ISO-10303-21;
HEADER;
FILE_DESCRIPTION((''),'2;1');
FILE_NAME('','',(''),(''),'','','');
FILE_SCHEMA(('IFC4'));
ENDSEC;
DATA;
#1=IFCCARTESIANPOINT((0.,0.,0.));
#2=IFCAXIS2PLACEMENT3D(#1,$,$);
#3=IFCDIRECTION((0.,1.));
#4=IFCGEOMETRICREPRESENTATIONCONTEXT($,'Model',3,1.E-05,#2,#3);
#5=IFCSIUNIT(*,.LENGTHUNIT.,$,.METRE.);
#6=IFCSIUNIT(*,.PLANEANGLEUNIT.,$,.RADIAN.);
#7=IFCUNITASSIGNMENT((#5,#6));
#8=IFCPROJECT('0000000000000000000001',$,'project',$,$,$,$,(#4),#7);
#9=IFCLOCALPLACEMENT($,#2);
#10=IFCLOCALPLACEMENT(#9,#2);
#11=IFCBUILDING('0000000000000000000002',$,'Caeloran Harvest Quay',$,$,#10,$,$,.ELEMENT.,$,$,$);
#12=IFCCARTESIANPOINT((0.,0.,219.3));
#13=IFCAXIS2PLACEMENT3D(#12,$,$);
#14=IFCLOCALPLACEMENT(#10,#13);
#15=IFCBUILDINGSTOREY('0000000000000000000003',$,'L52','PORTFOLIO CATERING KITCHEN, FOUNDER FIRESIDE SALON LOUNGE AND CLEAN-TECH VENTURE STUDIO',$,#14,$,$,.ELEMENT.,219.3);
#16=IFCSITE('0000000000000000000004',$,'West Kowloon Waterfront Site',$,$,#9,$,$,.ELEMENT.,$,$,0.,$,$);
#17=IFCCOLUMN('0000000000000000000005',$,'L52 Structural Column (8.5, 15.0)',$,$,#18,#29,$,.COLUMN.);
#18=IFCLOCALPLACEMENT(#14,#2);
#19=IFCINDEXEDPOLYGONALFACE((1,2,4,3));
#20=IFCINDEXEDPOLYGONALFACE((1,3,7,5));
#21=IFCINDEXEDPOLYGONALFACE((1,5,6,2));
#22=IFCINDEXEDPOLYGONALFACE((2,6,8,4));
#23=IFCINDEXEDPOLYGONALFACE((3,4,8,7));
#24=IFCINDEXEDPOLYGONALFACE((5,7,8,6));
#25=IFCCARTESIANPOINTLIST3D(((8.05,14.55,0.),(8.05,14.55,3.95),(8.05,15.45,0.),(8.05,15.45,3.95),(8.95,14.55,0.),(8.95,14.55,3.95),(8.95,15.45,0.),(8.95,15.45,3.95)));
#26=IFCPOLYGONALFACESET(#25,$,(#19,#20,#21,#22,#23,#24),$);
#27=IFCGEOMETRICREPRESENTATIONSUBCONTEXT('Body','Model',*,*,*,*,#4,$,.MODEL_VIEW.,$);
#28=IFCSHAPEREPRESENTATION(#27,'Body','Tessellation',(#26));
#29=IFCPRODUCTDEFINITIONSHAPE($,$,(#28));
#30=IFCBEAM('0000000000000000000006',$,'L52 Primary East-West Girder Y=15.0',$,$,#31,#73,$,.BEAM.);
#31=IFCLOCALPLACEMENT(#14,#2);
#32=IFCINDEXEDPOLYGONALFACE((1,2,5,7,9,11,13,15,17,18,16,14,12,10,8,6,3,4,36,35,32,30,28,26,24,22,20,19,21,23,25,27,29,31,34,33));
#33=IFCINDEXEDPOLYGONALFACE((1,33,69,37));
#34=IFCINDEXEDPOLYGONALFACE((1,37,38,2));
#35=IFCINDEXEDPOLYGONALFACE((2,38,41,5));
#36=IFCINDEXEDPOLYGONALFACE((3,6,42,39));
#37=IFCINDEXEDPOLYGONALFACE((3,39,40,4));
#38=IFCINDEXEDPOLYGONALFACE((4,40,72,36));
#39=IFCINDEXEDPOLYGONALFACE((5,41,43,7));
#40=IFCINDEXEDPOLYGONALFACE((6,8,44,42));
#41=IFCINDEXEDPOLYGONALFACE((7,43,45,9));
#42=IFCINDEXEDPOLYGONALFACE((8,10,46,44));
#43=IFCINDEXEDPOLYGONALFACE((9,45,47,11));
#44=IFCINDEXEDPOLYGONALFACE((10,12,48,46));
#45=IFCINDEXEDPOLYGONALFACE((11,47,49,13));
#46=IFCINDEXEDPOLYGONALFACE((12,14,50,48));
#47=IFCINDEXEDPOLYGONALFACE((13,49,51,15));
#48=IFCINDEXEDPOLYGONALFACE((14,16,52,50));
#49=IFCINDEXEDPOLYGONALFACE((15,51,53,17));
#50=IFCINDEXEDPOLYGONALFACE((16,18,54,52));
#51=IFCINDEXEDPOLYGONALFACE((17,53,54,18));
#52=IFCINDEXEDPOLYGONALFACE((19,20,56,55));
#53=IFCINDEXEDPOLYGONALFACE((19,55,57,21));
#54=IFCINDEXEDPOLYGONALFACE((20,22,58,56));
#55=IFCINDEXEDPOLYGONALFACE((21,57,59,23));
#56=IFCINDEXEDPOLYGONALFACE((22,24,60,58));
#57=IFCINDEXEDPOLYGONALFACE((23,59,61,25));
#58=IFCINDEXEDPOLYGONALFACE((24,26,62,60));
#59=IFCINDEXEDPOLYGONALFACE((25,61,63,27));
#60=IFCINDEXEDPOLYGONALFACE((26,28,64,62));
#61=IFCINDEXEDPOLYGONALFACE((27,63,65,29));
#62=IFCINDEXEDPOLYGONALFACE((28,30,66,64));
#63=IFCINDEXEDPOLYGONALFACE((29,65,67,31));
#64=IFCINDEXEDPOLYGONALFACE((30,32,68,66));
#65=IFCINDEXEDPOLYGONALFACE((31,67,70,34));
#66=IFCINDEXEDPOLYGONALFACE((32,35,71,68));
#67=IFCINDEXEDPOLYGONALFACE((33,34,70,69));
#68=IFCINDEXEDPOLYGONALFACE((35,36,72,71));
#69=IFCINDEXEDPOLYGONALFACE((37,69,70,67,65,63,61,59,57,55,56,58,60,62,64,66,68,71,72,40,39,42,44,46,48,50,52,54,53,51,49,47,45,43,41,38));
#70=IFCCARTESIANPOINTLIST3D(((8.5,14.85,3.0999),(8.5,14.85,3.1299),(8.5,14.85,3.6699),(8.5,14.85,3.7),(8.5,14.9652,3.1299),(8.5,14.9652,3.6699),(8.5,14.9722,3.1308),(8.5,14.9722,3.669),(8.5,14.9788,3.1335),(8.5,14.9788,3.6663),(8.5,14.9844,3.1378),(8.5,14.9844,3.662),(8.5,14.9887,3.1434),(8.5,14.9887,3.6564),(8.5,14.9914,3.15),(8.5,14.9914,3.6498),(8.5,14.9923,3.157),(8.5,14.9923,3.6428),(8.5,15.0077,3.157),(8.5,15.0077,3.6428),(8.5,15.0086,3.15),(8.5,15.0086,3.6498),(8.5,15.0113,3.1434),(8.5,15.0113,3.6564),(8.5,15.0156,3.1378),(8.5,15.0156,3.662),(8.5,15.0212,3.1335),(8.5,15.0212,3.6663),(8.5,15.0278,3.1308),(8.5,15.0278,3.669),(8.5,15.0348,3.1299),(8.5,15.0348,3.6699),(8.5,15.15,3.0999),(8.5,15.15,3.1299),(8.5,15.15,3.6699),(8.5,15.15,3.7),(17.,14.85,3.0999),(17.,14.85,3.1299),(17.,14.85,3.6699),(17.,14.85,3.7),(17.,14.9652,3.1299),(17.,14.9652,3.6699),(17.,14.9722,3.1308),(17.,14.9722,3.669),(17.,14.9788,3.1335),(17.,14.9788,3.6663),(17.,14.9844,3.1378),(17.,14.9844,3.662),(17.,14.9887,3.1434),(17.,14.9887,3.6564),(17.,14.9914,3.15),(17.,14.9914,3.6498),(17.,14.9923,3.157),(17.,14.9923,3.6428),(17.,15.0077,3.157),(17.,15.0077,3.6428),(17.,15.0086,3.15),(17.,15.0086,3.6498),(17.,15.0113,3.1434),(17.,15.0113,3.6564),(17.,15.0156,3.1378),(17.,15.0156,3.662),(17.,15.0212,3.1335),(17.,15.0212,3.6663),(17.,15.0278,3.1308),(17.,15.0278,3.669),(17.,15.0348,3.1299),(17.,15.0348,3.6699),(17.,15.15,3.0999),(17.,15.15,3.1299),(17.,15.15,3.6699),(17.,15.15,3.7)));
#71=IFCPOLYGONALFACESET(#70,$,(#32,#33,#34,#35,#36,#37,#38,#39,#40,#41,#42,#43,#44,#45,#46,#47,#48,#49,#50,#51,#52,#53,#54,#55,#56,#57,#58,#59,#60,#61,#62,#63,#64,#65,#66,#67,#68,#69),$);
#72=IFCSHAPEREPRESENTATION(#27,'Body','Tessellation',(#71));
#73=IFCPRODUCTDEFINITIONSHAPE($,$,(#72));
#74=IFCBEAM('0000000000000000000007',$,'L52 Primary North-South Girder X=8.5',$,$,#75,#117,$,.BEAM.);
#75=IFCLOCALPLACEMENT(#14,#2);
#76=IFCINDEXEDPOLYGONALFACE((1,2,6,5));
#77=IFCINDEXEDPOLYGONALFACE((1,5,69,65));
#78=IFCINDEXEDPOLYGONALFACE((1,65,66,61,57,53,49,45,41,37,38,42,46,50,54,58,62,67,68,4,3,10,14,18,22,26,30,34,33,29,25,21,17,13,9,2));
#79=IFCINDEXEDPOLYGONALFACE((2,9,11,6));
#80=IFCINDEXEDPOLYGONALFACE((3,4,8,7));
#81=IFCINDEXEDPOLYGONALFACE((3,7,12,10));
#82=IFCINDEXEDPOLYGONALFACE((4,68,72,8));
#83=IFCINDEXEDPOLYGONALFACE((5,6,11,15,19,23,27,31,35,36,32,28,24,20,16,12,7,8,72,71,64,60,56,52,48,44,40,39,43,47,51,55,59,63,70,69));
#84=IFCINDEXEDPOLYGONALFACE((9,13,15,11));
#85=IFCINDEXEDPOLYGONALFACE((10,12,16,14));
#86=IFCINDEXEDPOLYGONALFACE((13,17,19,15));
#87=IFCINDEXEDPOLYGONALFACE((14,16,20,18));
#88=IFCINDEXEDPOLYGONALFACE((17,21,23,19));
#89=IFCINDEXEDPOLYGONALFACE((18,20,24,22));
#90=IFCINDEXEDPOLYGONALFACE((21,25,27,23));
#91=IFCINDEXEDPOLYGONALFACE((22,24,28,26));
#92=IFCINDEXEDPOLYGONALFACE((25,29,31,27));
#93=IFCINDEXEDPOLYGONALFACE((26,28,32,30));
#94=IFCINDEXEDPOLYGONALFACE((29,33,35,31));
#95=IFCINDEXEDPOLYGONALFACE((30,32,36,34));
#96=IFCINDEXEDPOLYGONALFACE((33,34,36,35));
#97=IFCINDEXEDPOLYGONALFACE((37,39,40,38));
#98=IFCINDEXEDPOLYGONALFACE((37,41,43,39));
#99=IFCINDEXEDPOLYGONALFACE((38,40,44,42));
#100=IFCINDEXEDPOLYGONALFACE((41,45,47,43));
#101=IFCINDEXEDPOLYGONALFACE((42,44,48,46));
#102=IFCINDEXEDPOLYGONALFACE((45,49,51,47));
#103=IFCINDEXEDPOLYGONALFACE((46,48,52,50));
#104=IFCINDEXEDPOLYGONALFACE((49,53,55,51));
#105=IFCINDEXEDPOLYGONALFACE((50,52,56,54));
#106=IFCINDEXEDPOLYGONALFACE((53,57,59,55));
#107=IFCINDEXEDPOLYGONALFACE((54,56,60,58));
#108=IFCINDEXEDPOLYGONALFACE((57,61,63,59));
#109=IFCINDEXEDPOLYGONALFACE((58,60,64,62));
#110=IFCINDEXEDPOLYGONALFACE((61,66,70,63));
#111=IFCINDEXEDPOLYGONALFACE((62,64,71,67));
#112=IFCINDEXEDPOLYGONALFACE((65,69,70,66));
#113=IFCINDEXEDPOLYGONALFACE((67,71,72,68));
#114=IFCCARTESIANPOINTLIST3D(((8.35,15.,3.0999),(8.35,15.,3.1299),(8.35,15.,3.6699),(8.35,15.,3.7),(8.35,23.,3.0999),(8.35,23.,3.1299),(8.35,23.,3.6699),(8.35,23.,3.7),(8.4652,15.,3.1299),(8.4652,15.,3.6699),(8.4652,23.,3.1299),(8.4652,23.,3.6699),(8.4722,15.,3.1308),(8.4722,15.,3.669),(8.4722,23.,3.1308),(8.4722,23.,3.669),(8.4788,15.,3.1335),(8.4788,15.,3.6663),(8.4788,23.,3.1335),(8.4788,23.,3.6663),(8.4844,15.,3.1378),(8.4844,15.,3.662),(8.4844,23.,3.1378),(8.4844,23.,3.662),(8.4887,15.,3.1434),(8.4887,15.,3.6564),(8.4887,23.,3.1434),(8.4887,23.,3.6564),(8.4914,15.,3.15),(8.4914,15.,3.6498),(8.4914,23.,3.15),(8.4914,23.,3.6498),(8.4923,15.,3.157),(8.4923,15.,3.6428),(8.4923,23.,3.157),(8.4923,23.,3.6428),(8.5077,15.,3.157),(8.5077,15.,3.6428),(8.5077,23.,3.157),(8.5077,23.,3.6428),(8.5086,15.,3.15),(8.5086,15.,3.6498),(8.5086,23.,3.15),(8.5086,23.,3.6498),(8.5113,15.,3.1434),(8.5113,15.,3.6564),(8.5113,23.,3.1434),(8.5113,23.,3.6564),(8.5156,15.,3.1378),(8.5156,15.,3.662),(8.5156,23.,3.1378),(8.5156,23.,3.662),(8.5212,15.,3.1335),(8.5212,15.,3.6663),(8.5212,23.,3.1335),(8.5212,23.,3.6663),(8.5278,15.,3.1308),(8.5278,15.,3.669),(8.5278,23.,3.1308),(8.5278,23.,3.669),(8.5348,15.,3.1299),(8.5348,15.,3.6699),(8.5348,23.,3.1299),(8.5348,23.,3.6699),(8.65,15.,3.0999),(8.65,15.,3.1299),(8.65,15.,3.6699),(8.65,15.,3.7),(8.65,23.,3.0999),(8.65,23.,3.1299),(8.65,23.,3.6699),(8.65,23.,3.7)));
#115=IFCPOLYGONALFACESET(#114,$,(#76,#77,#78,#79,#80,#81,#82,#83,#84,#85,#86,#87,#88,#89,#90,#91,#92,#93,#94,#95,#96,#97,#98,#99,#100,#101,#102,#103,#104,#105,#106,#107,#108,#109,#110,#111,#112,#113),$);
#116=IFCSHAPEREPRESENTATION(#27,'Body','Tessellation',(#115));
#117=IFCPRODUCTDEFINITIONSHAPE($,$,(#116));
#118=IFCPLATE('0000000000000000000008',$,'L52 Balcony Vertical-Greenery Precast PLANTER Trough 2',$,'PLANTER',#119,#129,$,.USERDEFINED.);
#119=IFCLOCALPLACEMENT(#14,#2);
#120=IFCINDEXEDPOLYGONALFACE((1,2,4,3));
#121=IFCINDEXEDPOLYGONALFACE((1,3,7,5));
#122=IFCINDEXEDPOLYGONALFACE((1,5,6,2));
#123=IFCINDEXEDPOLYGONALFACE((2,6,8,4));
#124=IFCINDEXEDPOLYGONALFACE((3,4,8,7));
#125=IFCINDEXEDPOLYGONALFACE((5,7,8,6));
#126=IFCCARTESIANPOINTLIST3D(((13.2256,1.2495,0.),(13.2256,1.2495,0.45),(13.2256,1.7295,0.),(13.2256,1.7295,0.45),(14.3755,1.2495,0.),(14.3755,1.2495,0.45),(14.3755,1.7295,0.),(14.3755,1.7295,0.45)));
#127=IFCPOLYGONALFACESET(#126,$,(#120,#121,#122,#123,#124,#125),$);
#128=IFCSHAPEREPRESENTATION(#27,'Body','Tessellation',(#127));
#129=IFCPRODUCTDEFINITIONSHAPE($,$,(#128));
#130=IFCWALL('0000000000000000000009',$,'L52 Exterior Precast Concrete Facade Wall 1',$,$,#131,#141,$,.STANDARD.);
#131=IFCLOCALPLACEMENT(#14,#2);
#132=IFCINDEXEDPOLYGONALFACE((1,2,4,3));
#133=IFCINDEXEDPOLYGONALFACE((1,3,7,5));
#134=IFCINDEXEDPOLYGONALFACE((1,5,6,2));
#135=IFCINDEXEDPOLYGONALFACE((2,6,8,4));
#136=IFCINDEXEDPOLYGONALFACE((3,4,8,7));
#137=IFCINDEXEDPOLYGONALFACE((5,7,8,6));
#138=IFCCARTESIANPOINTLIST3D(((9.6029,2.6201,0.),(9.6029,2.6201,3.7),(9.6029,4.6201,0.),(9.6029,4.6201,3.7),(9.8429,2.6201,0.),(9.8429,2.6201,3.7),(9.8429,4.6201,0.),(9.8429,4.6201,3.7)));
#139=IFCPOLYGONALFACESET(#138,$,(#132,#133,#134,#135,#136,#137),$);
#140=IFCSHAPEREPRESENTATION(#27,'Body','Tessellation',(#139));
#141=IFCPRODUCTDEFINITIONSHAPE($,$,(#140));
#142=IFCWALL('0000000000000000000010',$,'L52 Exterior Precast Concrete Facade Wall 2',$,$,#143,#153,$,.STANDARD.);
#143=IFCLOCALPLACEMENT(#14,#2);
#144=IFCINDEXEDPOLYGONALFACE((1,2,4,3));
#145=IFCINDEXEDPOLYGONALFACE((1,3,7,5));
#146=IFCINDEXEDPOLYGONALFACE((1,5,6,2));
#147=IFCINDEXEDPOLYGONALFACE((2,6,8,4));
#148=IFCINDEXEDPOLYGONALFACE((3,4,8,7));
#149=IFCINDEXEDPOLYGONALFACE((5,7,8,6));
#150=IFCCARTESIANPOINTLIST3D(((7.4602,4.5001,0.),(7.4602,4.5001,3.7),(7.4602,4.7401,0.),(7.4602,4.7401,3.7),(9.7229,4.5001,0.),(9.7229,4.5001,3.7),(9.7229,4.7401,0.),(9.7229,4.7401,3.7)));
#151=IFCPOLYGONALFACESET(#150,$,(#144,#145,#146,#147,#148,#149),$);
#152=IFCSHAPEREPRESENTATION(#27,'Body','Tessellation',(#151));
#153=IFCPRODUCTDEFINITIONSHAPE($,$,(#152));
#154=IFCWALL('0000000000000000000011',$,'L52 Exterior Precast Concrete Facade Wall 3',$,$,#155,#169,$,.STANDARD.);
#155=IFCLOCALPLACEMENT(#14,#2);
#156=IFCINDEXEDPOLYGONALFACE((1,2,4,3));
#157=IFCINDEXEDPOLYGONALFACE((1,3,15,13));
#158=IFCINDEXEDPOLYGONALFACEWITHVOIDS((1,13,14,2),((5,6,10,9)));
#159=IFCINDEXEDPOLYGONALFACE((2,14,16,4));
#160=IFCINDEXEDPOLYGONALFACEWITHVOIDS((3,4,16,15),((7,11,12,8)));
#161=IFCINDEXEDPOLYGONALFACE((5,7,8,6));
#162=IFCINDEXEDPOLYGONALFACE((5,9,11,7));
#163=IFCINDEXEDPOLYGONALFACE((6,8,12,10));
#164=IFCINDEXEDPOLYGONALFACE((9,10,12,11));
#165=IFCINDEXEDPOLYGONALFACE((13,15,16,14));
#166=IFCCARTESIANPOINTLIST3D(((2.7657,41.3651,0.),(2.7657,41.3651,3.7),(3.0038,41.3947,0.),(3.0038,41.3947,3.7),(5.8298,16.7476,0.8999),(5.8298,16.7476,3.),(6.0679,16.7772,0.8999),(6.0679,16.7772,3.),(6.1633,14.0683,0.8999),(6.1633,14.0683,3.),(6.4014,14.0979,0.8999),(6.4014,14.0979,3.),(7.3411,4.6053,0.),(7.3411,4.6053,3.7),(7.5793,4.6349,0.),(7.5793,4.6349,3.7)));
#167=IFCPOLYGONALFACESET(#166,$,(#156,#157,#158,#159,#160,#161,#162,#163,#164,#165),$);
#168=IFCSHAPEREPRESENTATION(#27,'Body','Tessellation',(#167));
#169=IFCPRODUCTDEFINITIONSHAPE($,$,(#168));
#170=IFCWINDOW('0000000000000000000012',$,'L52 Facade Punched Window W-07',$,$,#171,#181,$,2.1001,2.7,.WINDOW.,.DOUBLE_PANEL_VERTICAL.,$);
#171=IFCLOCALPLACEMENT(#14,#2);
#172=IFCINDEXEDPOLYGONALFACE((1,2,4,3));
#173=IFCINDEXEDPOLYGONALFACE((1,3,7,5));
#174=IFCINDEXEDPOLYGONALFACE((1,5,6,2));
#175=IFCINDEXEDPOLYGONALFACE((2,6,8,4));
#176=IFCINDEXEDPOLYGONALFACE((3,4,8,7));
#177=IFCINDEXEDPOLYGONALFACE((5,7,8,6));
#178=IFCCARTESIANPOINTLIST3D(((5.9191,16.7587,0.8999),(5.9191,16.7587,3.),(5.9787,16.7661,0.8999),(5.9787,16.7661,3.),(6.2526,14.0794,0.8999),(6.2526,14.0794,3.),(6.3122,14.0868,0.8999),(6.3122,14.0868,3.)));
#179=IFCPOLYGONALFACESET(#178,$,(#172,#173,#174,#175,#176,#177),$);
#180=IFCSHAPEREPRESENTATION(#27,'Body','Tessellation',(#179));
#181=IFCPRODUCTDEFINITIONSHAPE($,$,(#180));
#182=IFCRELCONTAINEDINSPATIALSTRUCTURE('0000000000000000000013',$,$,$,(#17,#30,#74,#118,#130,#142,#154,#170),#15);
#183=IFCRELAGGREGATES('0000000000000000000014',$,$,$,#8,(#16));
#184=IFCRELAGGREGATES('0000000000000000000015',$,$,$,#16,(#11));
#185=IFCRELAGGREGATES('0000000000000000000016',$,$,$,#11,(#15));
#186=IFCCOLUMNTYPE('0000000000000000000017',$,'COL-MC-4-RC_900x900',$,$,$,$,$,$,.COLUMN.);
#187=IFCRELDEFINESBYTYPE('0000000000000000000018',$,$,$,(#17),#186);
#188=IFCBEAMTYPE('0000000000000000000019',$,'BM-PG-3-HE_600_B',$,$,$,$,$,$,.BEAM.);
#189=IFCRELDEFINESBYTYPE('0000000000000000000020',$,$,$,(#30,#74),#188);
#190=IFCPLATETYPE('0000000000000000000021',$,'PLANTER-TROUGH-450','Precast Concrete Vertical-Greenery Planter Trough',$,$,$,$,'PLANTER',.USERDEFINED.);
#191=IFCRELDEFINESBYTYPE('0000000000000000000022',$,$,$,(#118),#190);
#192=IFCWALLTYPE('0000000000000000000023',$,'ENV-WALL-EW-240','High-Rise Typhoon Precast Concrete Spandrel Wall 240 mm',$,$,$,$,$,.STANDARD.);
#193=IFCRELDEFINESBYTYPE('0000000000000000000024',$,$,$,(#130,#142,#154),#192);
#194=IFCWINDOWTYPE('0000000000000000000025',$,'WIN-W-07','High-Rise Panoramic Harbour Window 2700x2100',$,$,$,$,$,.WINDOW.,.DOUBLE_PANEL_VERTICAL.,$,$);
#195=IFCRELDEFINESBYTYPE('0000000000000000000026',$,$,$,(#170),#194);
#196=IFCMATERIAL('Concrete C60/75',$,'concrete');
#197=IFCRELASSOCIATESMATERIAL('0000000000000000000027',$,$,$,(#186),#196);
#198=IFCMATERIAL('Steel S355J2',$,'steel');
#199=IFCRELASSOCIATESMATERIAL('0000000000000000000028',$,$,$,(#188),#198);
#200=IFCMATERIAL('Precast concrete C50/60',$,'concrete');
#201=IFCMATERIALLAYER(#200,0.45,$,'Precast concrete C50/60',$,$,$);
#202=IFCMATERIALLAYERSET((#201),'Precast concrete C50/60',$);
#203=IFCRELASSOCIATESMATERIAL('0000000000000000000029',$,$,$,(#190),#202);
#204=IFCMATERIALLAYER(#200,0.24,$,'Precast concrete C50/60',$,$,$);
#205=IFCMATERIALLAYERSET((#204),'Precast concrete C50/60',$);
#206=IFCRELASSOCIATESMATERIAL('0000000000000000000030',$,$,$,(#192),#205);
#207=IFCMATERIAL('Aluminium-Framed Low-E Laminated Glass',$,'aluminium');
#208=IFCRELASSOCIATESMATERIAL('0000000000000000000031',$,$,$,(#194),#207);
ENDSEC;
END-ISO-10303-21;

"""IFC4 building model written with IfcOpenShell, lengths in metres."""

from ifc_helpers import new_model, si_unit, direction, frame, frame_2d, origin, origin_2d, place, context, subcontext, project, spatial, rectangle, i_section, extrude, material, layer, layer_set, material_profile, profile_set, type_object, element, fill, save


model = new_model("IFC4")

# Units and contexts
model_context = context("Model", 3, precision=1e-05, world=origin(), true_north=direction((0.0, 1.0)))
body_context = subcontext(model_context, "Body", "Model", "MODEL_VIEW")
ifc_project = project(units=[si_unit("LENGTHUNIT", "METRE"), si_unit("PLANEANGLEUNIT", "RADIAN")], contexts=[model_context])

# Site, building, storey
site_placement = place(None, origin())
site = spatial("IfcSite", under=ifc_project, at=site_placement, Name="West Kowloon Waterfront Site", CompositionType="ELEMENT", RefElevation=0.0)
building_placement = place(site_placement, origin())
building = spatial("IfcBuilding", under=site, at=building_placement, Name="Caeloran Harvest Quay", CompositionType="ELEMENT")
storey_placement = place(building_placement, frame((0.0, 0.0, 219.3)))
storey = spatial("IfcBuildingStorey", under=building, at=storey_placement, Name="L52", Description="PORTFOLIO CATERING KITCHEN, FOUNDER FIRESIDE SALON LOUNGE AND CLEAN-TECH VENTURE STUDIO", CompositionType="ELEMENT", Elevation=219.3)

# Column
ifc_material_1 = material(Name="Concrete C60/75", Category="concrete")
ifc_material_profile_1 = material_profile(ifc_material_1, rectangle(XDim=0.8999, YDim=0.8999, at=origin_2d()), Name="RC 900x900")
ifc_profile_set_1 = profile_set([ifc_material_profile_1], Name="Concrete C60/75")
column_type = type_object("IfcColumnType", Name="COL-MC-4-RC_900x900", PredefinedType="COLUMN", material=ifc_profile_set_1)
column_placement = place(storey_placement, frame((8.5, 15.0, 0.0), z_axis=(0.0, 0.0, 1.0), x_axis=(1.0, 0.0, 0.0)))
element("IfcColumn", 1, at=column_placement, inside=storey, type_object=column_type, Name="L52 Structural Column (8.5, 15.0)", PredefinedType="COLUMN", context=body_context, shape_type="SweptSolid", body=[
    extrude(rectangle(XDim=0.8999, YDim=0.8999, at=origin_2d()), origin(), (0.0, 0.0, 1.0), 3.95),
])

# Beams
ifc_material_2 = material(Name="Steel S355J2", Category="steel")
ifc_material_profile_2 = material_profile(ifc_material_2, i_section(OverallWidth=0.3, OverallDepth=0.6001, WebThickness=0.0154, FlangeThickness=0.03, FilletRadius=0.0271, at=origin_2d()), Name="HE 600 B")
ifc_profile_set_2 = profile_set([ifc_material_profile_2], Name="Steel S355J2")
beam_type = type_object("IfcBeamType", Name="BM-PG-3-HE_600_B", PredefinedType="BEAM", material=ifc_profile_set_2)
beam_1_placement = place(storey_placement, frame((8.5, 15.0, 3.3999), z_axis=(1.0, 0.0, 0.0), x_axis=(0.0, 1.0, 0.0)))
element("IfcBeam", 2, at=beam_1_placement, inside=storey, type_object=beam_type, Name="L52 Primary East-West Girder Y=15.0", PredefinedType="BEAM", context=body_context, shape_type="SweptSolid", body=[
    extrude(i_section(OverallWidth=0.3, OverallDepth=0.6001, WebThickness=0.0154, FlangeThickness=0.03, FilletRadius=0.0271, at=origin_2d()), origin(), (0.0, 0.0, 1.0), 8.5),
])
beam_2_placement = place(storey_placement, frame((8.5, 15.0, 3.3999), z_axis=(0.0, 1.0, 0.0), x_axis=(-1.0, 0.0, 0.0)))
element("IfcBeam", 3, at=beam_2_placement, inside=storey, type_object=beam_type, Name="L52 Primary North-South Girder X=8.5", PredefinedType="BEAM", context=body_context, shape_type="SweptSolid", body=[
    extrude(i_section(OverallWidth=0.3, OverallDepth=0.6001, WebThickness=0.0154, FlangeThickness=0.03, FilletRadius=0.0271, at=origin_2d()), origin(), (0.0, 0.0, 1.0), 8.0),
])

# Plate
ifc_material_3 = material(Name="Precast concrete C50/60", Category="concrete")
ifc_layer_1 = layer(ifc_material_3, 0.45, Name="Precast concrete C50/60")
ifc_layer_set_1 = layer_set([ifc_layer_1], Name="Precast concrete C50/60")
plate_type = type_object("IfcPlateType", Name="PLANTER-TROUGH-450", Description="Precast Concrete Vertical-Greenery Planter Trough", ElementType="PLANTER", PredefinedType="USERDEFINED", material=ifc_layer_set_1)
plate_placement = place(storey_placement, frame((13.8005, 1.4895, 0.0), z_axis=(0.0, 0.0, 1.0), x_axis=(1.0, 0.0, 0.0)))
element("IfcPlate", 4, at=plate_placement, inside=storey, type_object=plate_type, Name="L52 Balcony Vertical-Greenery Precast PLANTER Trough 2", ObjectType="PLANTER", PredefinedType="USERDEFINED", context=body_context, shape_type="SweptSolid", body=[
    extrude(rectangle(XDim=1.1499, YDim=0.48, at=origin_2d()), origin(), (0.0, 0.0, 1.0), 0.45),
])

# Walls
ifc_layer_2 = layer(ifc_material_3, 0.24, Name="Precast concrete C50/60")
ifc_layer_set_2 = layer_set([ifc_layer_2], Name="Precast concrete C50/60")
wall_type_1 = type_object("IfcWallType", Name="ENV-WALL-EW-240", Description="High-Rise Typhoon Precast Concrete Spandrel Wall 240 mm", PredefinedType="STANDARD", material=ifc_layer_set_2)
wall_1_placement = place(storey_placement, frame((9.7229, 2.6201, 0.0), z_axis=(0.0, 0.0, 1.0), x_axis=(0.0, 1.0, 0.0)))
element("IfcWall", 5, at=wall_1_placement, inside=storey, type_object=wall_type_1, Name="L52 Exterior Precast Concrete Facade Wall 1", PredefinedType="STANDARD", context=body_context, shape_type="SweptSolid", body=[
    extrude(rectangle(XDim=2.0, YDim=0.24, at=frame_2d((1.0, 0.0))), origin(), (0.0, 0.0, 1.0), 3.7),
])
wall_2_placement = place(storey_placement, frame((9.7229, 4.6201, 0.0), z_axis=(0.0, 0.0, 1.0), x_axis=(-1.0, 0.0, 0.0)))
element("IfcWall", 6, at=wall_2_placement, inside=storey, type_object=wall_type_1, Name="L52 Exterior Precast Concrete Facade Wall 2", PredefinedType="STANDARD", context=body_context, shape_type="SweptSolid", body=[
    extrude(rectangle(XDim=2.2627, YDim=0.24, at=frame_2d((1.1313, 0.0))), origin(), (0.0, 0.0, 1.0), 3.7),
])

# Wall, opening, window
wall_3_placement = place(storey_placement, frame((7.4602, 4.6201, 0.0), z_axis=(0.0, 0.0, 1.0), x_axis=(-0.123516, 0.992343, 0.0)))
wall_3 = element("IfcWall", 7, at=wall_3_placement, inside=storey, type_object=wall_type_1, Name="L52 Exterior Precast Concrete Facade Wall 3", PredefinedType="STANDARD", context=body_context, shape_type="SweptSolid", body=[
    extrude(rectangle(XDim=37.0435, YDim=0.24, at=frame_2d((18.5217, 0.0))), origin(), (0.0, 0.0, 1.0), 3.7),
])
opening_1_placement = place(wall_3_placement, frame((9.5359, 0.0, 0.8999)))
opening_1 = element("IfcOpeningElement", 8, at=opening_1_placement, cuts=wall_3, PredefinedType="OPENING", context=body_context, shape_type="SweptSolid", body=[
    extrude(rectangle(XDim=2.7, YDim=2.1001, at=frame_2d((1.3501, 1.05))), frame((0.0, 0.1299, 0.0), z_axis=(0.0, -1.0, 0.0), x_axis=(1.0, 0.0, 0.0)), (0.0, 0.0, 1.0), 0.26),
])
ifc_material_4 = material(Name="Aluminium-Framed Low-E Laminated Glass", Category="aluminium")
window_type = type_object("IfcWindowType", Name="WIN-W-07", Description="High-Rise Panoramic Harbour Window 2700x2100", PartitioningType="DOUBLE_PANEL_VERTICAL", PredefinedType="WINDOW", material=ifc_material_4)
window_placement = place(opening_1_placement, origin())
window = element("IfcWindow", 9, at=window_placement, inside=storey, type_object=window_type, Name="L52 Facade Punched Window W-07", OverallHeight=2.1001, OverallWidth=2.7, PartitioningType="DOUBLE_PANEL_VERTICAL", PredefinedType="WINDOW", context=body_context, shape_type="SweptSolid", body=[
    extrude(rectangle(XDim=2.7, YDim=2.1001, at=frame_2d((1.3501, 1.05))), frame((0.0, 0.03, 0.0), z_axis=(0.0, -1.0, 0.0), x_axis=(1.0, 0.0, 0.0)), (0.0, 0.0, 1.0), 0.0601),
])
fill(opening_1, window)

save(model, "model.ifc")
